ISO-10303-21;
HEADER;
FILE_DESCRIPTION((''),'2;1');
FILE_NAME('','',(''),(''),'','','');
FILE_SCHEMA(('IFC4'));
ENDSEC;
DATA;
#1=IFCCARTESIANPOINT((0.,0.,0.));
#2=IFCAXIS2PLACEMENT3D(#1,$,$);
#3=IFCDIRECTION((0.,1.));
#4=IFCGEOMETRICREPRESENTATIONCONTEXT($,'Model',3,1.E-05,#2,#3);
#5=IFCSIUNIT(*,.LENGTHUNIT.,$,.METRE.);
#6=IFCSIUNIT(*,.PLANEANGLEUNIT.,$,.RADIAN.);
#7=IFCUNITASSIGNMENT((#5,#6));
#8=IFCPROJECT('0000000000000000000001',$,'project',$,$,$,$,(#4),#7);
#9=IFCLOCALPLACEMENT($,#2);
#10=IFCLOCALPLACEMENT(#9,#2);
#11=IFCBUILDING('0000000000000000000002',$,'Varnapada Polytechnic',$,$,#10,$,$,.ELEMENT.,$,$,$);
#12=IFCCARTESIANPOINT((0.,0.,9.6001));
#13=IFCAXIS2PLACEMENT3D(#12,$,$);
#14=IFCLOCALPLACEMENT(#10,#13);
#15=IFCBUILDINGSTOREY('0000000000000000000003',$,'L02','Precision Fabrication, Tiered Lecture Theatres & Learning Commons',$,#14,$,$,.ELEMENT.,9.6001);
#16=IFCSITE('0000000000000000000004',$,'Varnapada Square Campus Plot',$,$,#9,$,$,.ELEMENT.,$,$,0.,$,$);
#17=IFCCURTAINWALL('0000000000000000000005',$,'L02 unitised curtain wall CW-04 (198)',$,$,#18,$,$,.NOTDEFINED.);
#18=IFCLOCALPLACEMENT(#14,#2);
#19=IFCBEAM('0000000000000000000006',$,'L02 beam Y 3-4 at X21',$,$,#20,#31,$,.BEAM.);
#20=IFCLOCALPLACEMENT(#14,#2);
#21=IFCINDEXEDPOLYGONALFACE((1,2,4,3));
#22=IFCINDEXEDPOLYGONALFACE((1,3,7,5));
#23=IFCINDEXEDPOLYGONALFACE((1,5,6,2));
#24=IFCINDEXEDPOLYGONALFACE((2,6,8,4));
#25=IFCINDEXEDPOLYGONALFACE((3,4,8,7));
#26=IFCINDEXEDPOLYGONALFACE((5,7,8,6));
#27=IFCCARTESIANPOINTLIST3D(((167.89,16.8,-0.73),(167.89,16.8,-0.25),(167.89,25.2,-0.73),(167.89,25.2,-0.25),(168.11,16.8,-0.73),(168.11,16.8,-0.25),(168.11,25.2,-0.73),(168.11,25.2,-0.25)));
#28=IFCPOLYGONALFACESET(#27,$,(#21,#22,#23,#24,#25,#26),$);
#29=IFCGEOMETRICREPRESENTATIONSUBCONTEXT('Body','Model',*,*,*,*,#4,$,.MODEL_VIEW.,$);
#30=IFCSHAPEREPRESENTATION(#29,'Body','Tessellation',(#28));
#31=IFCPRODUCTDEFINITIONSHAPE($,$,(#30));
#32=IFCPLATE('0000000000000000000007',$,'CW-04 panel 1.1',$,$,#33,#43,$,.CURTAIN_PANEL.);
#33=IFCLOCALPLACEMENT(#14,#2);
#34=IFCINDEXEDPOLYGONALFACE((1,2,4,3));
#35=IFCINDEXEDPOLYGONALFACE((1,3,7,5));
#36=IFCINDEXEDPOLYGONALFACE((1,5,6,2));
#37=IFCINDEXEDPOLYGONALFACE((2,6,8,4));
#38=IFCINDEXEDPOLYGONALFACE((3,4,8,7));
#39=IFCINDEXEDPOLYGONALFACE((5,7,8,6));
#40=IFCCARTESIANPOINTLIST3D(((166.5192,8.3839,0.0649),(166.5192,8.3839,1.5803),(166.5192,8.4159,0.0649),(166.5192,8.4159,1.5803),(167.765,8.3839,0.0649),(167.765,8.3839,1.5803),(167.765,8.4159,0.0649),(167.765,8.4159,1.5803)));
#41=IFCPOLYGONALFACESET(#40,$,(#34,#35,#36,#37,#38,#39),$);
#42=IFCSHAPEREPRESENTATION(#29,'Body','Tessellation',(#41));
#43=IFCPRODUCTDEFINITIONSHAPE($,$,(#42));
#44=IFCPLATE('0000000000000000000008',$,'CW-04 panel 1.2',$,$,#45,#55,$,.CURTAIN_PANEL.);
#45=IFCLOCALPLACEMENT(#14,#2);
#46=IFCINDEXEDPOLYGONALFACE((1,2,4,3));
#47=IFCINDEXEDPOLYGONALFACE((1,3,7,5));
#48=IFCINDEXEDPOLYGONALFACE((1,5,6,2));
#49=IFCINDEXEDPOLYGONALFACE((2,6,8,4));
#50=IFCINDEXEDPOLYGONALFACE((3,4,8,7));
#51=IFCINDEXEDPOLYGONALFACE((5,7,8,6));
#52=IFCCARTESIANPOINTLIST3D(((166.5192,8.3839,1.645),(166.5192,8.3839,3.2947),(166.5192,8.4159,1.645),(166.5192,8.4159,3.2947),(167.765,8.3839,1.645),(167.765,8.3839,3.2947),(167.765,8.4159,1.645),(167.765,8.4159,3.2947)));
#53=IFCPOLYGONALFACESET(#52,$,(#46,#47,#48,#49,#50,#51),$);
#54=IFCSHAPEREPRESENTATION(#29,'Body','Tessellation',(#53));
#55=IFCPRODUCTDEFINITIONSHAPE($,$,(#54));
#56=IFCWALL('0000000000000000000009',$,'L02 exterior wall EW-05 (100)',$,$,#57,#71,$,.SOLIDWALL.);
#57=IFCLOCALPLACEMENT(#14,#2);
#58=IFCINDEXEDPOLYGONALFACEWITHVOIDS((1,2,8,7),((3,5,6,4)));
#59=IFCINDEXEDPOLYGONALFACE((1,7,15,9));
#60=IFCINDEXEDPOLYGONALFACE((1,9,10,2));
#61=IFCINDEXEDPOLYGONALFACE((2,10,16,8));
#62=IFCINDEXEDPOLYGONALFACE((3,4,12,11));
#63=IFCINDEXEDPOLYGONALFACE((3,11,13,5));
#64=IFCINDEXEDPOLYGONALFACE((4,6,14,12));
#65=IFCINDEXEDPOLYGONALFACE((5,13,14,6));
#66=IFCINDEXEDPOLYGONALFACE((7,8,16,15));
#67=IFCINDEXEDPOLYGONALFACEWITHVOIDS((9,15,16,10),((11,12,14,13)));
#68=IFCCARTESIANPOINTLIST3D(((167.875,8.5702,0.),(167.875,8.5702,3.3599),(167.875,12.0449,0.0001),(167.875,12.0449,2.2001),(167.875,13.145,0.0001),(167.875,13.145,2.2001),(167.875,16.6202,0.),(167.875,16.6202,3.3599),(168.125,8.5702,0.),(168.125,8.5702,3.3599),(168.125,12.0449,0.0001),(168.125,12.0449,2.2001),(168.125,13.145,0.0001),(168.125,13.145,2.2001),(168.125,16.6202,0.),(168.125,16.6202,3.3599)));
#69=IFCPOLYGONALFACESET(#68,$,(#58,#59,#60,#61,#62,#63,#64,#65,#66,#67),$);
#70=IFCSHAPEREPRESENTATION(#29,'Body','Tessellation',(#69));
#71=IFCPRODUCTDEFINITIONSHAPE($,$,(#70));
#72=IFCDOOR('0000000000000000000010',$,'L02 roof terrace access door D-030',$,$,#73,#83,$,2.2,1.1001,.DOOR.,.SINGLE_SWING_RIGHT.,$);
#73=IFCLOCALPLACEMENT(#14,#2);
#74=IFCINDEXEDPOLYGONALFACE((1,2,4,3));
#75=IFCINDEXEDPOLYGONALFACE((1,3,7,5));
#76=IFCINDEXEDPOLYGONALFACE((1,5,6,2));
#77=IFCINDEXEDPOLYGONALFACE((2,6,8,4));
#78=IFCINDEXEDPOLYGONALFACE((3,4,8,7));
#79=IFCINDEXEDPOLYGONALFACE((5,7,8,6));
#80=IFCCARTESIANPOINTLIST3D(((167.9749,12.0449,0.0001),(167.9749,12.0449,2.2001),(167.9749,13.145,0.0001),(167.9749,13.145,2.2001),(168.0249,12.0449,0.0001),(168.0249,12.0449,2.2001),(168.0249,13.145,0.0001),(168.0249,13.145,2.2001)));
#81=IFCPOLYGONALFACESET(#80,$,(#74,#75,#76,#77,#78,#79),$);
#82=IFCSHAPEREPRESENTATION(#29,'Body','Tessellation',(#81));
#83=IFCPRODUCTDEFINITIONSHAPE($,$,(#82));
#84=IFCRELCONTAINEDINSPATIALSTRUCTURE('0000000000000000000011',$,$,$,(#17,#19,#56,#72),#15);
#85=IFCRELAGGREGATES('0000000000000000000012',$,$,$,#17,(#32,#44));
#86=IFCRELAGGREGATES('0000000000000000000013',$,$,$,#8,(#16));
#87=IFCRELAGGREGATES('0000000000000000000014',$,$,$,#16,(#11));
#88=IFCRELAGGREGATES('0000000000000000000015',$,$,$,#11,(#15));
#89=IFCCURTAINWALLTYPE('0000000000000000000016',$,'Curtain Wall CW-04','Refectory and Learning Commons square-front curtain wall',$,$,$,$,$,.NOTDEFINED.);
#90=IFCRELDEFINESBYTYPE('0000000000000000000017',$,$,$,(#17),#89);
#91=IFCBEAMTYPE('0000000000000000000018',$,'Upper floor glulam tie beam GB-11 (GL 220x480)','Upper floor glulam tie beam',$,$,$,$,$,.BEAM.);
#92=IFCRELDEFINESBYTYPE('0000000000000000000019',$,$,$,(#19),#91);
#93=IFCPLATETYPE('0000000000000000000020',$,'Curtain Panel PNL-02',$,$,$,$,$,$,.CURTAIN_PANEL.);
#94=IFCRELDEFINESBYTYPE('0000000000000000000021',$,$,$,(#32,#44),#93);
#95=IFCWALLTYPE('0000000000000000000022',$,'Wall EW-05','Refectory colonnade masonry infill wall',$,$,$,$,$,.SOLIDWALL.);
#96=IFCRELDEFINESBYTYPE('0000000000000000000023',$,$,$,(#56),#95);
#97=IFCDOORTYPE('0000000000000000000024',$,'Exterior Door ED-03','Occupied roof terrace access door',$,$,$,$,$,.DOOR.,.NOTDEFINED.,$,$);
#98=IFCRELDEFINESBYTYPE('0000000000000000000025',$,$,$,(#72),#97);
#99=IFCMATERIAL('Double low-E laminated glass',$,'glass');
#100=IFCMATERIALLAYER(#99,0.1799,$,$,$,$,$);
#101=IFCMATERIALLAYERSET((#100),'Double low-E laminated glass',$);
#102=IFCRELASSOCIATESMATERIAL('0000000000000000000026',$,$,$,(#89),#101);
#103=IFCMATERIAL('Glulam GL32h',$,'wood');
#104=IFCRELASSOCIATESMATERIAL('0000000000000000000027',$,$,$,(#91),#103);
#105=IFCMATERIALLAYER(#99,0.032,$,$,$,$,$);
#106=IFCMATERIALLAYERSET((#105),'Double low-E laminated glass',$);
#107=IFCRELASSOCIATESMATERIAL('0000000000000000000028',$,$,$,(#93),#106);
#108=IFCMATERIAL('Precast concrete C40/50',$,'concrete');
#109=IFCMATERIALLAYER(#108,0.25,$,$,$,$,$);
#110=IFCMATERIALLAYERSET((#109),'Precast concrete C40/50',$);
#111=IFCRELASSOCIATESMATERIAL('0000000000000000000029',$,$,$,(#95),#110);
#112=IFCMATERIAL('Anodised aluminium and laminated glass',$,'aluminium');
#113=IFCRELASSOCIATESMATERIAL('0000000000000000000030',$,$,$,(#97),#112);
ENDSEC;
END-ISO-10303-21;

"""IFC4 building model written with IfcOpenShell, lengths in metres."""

from ifc_helpers import new_model, si_unit, direction, frame, frame_2d, origin, origin_2d, place, context, subcontext, project, spatial, rectangle, extrude, material, layer, layer_set, material_profile, profile_set, type_object, element, fill, aggregate, save


model = new_model("IFC4")

# Units and contexts
model_context = context("Model", 3, precision=1e-05, world=origin(), true_north=direction((0.0, 1.0)))
body_context = subcontext(model_context, "Body", "Model", "MODEL_VIEW")
ifc_project = project(units=[si_unit("LENGTHUNIT", "METRE"), si_unit("PLANEANGLEUNIT", "RADIAN")], contexts=[model_context])

# Site, building, storey
site_placement = place(None, origin())
site = spatial("IfcSite", under=ifc_project, at=site_placement, Name="Varnapada Square Campus Plot", CompositionType="ELEMENT", RefElevation=0.0)
building_placement = place(site_placement, origin())
building = spatial("IfcBuilding", under=site, at=building_placement, Name="Varnapada Polytechnic", CompositionType="ELEMENT")
storey_placement = place(building_placement, frame((0.0, 0.0, 9.6001)))
storey = spatial("IfcBuildingStorey", under=building, at=storey_placement, Name="L02", Description="Precision Fabrication, Tiered Lecture Theatres & Learning Commons", CompositionType="ELEMENT", Elevation=9.6001)

# Shared definitions
ifc_material_1 = material(Name="Glulam GL32h", Category="wood")

# Curtain wall
ifc_material_2 = material(Name="Double low-E laminated glass", Category="glass")
ifc_layer_1 = layer(ifc_material_2, 0.1799)
ifc_layer_set_1 = layer_set([ifc_layer_1], Name="Double low-E laminated glass")
curtain_wall_type = type_object("IfcCurtainWallType", Name="Curtain Wall CW-04", Description="Refectory and Learning Commons square-front curtain wall", PredefinedType="NOTDEFINED", material=ifc_layer_set_1)
curtain_wall_placement = place(storey_placement, origin())
curtain_wall = element("IfcCurtainWall", 1, at=curtain_wall_placement, inside=storey, type_object=curtain_wall_type, Name="L02 unitised curtain wall CW-04 (198)", PredefinedType="NOTDEFINED")

# Beam
ifc_material_profile_1 = material_profile(ifc_material_1, rectangle(XDim=0.22, YDim=0.48, at=origin_2d()), Name="GL 220x480")
ifc_profile_set_1 = profile_set([ifc_material_profile_1], Name="Glulam GL32h")
beam_type_1 = type_object("IfcBeamType", Name="Upper floor glulam tie beam GB-11 (GL 220x480)", Description="Upper floor glulam tie beam", PredefinedType="BEAM", material=ifc_profile_set_1)
beam_1_placement = place(storey_placement, frame((168.0, 16.8, -0.49), z_axis=(0.0, 1.0, 0.0), x_axis=(-1.0, 0.0, 0.0)))
element("IfcBeam", 2, at=beam_1_placement, inside=storey, type_object=beam_type_1, Name="L02 beam Y 3-4 at X21", PredefinedType="BEAM", context=body_context, shape_type="SweptSolid", body=[
    extrude(rectangle(XDim=0.22, YDim=0.48, at=origin_2d()), origin(), (0.0, 0.0, 1.0), 8.3999),
])

# Plates
ifc_layer_2 = layer(ifc_material_2, 0.032)
ifc_layer_set_2 = layer_set([ifc_layer_2], Name="Double low-E laminated glass")
plate_type = type_object("IfcPlateType", Name="Curtain Panel PNL-02", PredefinedType="CURTAIN_PANEL", material=ifc_layer_set_2)
plate_1_placement = place(storey_placement, frame((167.1421, 8.3999, 0.0649), z_axis=(0.0, 0.0, 1.0), x_axis=(-1.0, 0.0, 0.0)))
plate_1 = element("IfcPlate", 3, at=plate_1_placement, type_object=plate_type, Name="CW-04 panel 1.1", PredefinedType="CURTAIN_PANEL", context=body_context, shape_type="SweptSolid", body=[
    extrude(rectangle(XDim=1.2458, YDim=0.032, at=origin_2d()), origin(), (0.0, 0.0, 1.0), 1.5154),
])
plate_2_placement = place(storey_placement, frame((167.1421, 8.3999, 1.645), z_axis=(0.0, 0.0, 1.0), x_axis=(-1.0, 0.0, 0.0)))
plate_2 = element("IfcPlate", 4, at=plate_2_placement, type_object=plate_type, Name="CW-04 panel 1.2", PredefinedType="CURTAIN_PANEL", context=body_context, shape_type="SweptSolid", body=[
    extrude(rectangle(XDim=1.2458, YDim=0.032, at=origin_2d()), origin(), (0.0, 0.0, 1.0), 1.6497),
])
aggregate(curtain_wall, [plate_1, plate_2])

# Wall, opening, door
ifc_material_3 = material(Name="Precast concrete C40/50", Category="concrete")
ifc_layer_3 = layer(ifc_material_3, 0.25)
ifc_layer_set_3 = layer_set([ifc_layer_3], Name="Precast concrete C40/50")
wall_type = type_object("IfcWallType", Name="Wall EW-05", Description="Refectory colonnade masonry infill wall", PredefinedType="SOLIDWALL", material=ifc_layer_set_3)
wall_placement = place(storey_placement, frame((168.0, 16.6201, 0.0), z_axis=(0.0, 0.0, 1.0), x_axis=(0.0, -1.0, 0.0)))
wall = element("IfcWall", 5, at=wall_placement, inside=storey, type_object=wall_type, Name="L02 exterior wall EW-05 (100)", PredefinedType="SOLIDWALL", context=body_context, shape_type="SweptSolid", body=[
    extrude(rectangle(XDim=8.05, YDim=0.25, at=frame_2d((4.0249, 0.0))), origin(), (0.0, 0.0, 1.0), 3.3599),
])
opening_placement = place(wall_placement, frame((3.4751, 0.0, 0.0)))
opening = element("IfcOpeningElement", 6, at=opening_placement, cuts=wall, PredefinedType="OPENING", context=body_context, shape_type="SweptSolid", body=[
    extrude(rectangle(XDim=1.1001, YDim=2.2, at=frame_2d((0.55, 1.1001))), frame((0.0, 0.135, 0.0), z_axis=(0.0, -1.0, 0.0), x_axis=(1.0, 0.0, 0.0)), (0.0, 0.0, 1.0), 0.27),
])
ifc_material_4 = material(Name="Anodised aluminium and laminated glass", Category="aluminium")
door_type = type_object("IfcDoorType", Name="Exterior Door ED-03", Description="Occupied roof terrace access door", OperationType="NOTDEFINED", PredefinedType="DOOR", material=ifc_material_4)
door_placement = place(opening_placement, origin())
door = element("IfcDoor", 7, at=door_placement, inside=storey, type_object=door_type, Name="L02 roof terrace access door D-030", OperationType="SINGLE_SWING_RIGHT", OverallHeight=2.2, OverallWidth=1.1001, PredefinedType="DOOR", context=body_context, shape_type="SweptSolid", body=[
    extrude(rectangle(XDim=1.1001, YDim=2.2, at=frame_2d((0.55, 1.1001))), frame((0.0, 0.0249, 0.0), z_axis=(0.0, -1.0, 0.0), x_axis=(1.0, 0.0, 0.0)), (0.0, 0.0, 1.0), 0.05),
])
fill(opening, door)

save(model, "model.ifc")
